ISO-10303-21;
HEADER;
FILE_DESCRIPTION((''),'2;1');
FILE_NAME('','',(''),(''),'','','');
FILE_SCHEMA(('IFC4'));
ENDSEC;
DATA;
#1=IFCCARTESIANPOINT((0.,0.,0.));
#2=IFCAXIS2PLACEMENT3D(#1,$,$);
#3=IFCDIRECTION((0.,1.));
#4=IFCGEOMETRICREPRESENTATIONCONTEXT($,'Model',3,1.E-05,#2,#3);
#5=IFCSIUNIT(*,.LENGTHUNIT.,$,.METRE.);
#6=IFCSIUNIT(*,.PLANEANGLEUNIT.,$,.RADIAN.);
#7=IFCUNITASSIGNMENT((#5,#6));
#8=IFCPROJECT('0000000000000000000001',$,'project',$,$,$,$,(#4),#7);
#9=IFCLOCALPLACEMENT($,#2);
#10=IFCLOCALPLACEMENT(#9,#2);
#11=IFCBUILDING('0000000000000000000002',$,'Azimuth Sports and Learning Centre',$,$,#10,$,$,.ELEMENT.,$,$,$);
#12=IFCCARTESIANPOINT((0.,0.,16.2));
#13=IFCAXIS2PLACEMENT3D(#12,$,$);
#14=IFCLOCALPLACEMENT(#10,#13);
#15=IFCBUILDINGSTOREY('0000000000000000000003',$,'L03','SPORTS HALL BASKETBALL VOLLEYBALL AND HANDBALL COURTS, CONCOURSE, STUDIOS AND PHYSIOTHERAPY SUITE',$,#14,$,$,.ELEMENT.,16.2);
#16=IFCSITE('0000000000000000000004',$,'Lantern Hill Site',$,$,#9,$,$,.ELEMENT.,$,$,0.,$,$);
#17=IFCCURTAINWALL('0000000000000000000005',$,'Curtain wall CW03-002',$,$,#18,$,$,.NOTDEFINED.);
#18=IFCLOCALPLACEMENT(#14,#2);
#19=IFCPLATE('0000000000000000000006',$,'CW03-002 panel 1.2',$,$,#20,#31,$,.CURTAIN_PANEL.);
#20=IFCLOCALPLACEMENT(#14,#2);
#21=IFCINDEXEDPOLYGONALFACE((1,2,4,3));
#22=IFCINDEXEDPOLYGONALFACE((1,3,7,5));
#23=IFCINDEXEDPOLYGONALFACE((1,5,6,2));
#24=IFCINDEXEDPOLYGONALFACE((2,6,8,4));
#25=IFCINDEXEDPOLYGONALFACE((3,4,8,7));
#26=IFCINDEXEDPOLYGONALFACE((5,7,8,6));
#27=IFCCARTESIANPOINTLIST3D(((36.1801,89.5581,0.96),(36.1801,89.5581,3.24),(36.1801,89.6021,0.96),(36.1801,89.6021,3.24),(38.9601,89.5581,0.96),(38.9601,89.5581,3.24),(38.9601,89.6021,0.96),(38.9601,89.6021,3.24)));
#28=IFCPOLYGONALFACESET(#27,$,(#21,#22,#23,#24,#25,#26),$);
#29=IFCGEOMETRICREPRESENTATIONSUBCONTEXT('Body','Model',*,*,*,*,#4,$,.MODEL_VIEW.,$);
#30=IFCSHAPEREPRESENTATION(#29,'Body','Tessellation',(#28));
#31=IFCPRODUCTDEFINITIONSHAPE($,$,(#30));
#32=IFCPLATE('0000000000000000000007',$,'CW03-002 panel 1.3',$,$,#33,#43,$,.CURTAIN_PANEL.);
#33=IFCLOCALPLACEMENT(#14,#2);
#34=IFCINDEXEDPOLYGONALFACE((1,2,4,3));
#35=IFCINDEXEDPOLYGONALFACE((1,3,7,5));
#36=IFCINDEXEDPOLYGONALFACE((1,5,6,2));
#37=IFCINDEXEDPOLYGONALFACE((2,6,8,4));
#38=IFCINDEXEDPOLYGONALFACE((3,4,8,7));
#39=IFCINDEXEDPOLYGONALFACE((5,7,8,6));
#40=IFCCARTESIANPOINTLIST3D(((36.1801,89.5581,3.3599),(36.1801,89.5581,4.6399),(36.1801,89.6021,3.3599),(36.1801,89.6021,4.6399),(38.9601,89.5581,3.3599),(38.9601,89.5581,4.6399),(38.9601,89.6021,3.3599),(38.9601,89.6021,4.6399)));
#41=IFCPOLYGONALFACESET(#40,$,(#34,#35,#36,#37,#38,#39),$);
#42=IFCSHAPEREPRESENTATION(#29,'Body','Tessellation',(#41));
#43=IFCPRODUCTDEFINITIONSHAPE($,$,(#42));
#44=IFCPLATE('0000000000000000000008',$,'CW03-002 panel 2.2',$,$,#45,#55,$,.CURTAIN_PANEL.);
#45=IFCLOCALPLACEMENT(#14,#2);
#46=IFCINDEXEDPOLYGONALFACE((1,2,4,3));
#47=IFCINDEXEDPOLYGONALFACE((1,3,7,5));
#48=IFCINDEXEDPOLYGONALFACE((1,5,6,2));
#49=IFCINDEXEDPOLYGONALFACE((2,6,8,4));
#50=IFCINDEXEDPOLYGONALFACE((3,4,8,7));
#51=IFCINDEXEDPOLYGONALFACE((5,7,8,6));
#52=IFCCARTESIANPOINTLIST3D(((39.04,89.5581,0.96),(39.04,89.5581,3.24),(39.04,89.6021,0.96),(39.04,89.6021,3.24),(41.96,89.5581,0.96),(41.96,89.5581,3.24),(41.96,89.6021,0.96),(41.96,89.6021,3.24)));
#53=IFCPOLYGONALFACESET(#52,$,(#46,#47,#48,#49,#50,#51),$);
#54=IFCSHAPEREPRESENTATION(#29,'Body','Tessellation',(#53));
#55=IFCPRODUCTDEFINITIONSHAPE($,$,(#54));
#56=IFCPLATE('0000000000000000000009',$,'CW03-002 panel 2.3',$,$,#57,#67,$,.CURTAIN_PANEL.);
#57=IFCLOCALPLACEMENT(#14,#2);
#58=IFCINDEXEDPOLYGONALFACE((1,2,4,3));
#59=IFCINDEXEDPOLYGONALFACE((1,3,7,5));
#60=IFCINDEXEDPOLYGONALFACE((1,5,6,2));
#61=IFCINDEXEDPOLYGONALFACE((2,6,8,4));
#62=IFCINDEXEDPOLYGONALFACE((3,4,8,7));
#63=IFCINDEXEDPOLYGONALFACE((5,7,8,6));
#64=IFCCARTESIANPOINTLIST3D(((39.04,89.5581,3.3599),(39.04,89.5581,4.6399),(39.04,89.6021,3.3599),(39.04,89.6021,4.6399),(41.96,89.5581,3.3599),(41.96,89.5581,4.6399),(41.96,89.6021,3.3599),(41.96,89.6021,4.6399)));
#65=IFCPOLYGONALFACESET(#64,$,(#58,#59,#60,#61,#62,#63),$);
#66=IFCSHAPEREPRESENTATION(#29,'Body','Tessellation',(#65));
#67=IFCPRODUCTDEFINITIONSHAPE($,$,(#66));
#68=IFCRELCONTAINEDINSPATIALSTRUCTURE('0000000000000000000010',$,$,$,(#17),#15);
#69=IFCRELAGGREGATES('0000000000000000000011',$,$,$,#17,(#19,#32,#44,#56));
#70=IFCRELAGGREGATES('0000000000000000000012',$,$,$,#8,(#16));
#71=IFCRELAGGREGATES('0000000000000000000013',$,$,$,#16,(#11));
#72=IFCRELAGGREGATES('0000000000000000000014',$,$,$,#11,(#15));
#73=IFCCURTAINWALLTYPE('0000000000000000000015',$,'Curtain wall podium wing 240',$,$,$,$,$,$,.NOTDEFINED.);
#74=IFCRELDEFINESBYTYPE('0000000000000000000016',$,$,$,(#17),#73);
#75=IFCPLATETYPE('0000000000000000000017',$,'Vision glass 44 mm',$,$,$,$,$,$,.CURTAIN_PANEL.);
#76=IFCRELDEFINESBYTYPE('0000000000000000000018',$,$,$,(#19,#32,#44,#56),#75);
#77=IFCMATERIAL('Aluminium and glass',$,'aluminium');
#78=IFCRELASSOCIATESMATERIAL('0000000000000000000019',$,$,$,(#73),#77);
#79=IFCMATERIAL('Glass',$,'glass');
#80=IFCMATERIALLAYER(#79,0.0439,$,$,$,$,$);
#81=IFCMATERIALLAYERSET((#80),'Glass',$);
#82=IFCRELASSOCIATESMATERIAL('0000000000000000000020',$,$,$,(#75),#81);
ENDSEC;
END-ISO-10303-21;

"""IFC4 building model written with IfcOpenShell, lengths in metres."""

from ifc_helpers import new_model, si_unit, direction, frame, origin, origin_2d, place, context, subcontext, project, spatial, rectangle, extrude, material, layer, layer_set, type_object, element, aggregate, save


model = new_model("IFC4")

# Units and contexts
model_context = context("Model", 3, precision=1e-05, world=origin(), true_north=direction((0.0, 1.0)))
body_context = subcontext(model_context, "Body", "Model", "MODEL_VIEW")
ifc_project = project(units=[si_unit("LENGTHUNIT", "METRE"), si_unit("PLANEANGLEUNIT", "RADIAN")], contexts=[model_context])

# Site, building, storey
site_placement = place(None, origin())
site = spatial("IfcSite", under=ifc_project, at=site_placement, Name="Lantern Hill Site", CompositionType="ELEMENT", RefElevation=0.0)
building_placement = place(site_placement, origin())
building = spatial("IfcBuilding", under=site, at=building_placement, Name="Azimuth Sports and Learning Centre", CompositionType="ELEMENT")
storey_placement = place(building_placement, frame((0.0, 0.0, 16.2)))
storey = spatial("IfcBuildingStorey", under=building, at=storey_placement, Name="L03", Description="SPORTS HALL BASKETBALL VOLLEYBALL AND HANDBALL COURTS, CONCOURSE, STUDIOS AND PHYSIOTHERAPY SUITE", CompositionType="ELEMENT", Elevation=16.2)

# Curtain wall, plates
ifc_material_1 = material(Name="Aluminium and glass", Category="aluminium")
curtain_wall_type = type_object("IfcCurtainWallType", Name="Curtain wall podium wing 240", PredefinedType="NOTDEFINED", material=ifc_material_1)
curtain_wall_placement = place(storey_placement, origin())
curtain_wall = element("IfcCurtainWall", 1, at=curtain_wall_placement, inside=storey, type_object=curtain_wall_type, Name="Curtain wall CW03-002", PredefinedType="NOTDEFINED")
ifc_material_2 = material(Name="Glass", Category="glass")
ifc_layer_1 = layer(ifc_material_2, 0.0439)
ifc_layer_set_1 = layer_set([ifc_layer_1], Name="Glass")
plate_type_1 = type_object("IfcPlateType", Name="Vision glass 44 mm", PredefinedType="CURTAIN_PANEL", material=ifc_layer_set_1)
plate_1_placement = place(storey_placement, frame((37.5701, 89.5801, 0.96), z_axis=(0.0, 0.0, 1.0), x_axis=(1.0, 0.0, 0.0)))
plate_1 = element("IfcPlate", 2, at=plate_1_placement, type_object=plate_type_1, Name="CW03-002 panel 1.2", PredefinedType="CURTAIN_PANEL", context=body_context, shape_type="SweptSolid", body=[
    extrude(rectangle(XDim=2.78, YDim=0.0439, at=origin_2d()), origin(), (0.0, 0.0, 1.0), 2.28),
])
plate_2_placement = place(storey_placement, frame((37.5701, 89.5801, 3.3599), z_axis=(0.0, 0.0, 1.0), x_axis=(1.0, 0.0, 0.0)))
plate_2 = element("IfcPlate", 3, at=plate_2_placement, type_object=plate_type_1, Name="CW03-002 panel 1.3", PredefinedType="CURTAIN_PANEL", context=body_context, shape_type="SweptSolid", body=[
    extrude(rectangle(XDim=2.78, YDim=0.0439, at=origin_2d()), origin(), (0.0, 0.0, 1.0), 1.28),
])
plate_3_placement = place(storey_placement, frame((40.5, 89.5801, 0.96), z_axis=(0.0, 0.0, 1.0), x_axis=(1.0, 0.0, 0.0)))
plate_3 = element("IfcPlate", 4, at=plate_3_placement, type_object=plate_type_1, Name="CW03-002 panel 2.2", PredefinedType="CURTAIN_PANEL", context=body_context, shape_type="SweptSolid", body=[
    extrude(rectangle(XDim=2.9199, YDim=0.0439, at=origin_2d()), origin(), (0.0, 0.0, 1.0), 2.28),
])
plate_4_placement = place(storey_placement, frame((40.5, 89.5801, 3.3599), z_axis=(0.0, 0.0, 1.0), x_axis=(1.0, 0.0, 0.0)))
plate_4 = element("IfcPlate", 5, at=plate_4_placement, type_object=plate_type_1, Name="CW03-002 panel 2.3", PredefinedType="CURTAIN_PANEL", context=body_context, shape_type="SweptSolid", body=[
    extrude(rectangle(XDim=2.9199, YDim=0.0439, at=origin_2d()), origin(), (0.0, 0.0, 1.0), 1.28),
])
aggregate(curtain_wall, [plate_1, plate_2, plate_3, plate_4])

save(model, "model.ifc")
